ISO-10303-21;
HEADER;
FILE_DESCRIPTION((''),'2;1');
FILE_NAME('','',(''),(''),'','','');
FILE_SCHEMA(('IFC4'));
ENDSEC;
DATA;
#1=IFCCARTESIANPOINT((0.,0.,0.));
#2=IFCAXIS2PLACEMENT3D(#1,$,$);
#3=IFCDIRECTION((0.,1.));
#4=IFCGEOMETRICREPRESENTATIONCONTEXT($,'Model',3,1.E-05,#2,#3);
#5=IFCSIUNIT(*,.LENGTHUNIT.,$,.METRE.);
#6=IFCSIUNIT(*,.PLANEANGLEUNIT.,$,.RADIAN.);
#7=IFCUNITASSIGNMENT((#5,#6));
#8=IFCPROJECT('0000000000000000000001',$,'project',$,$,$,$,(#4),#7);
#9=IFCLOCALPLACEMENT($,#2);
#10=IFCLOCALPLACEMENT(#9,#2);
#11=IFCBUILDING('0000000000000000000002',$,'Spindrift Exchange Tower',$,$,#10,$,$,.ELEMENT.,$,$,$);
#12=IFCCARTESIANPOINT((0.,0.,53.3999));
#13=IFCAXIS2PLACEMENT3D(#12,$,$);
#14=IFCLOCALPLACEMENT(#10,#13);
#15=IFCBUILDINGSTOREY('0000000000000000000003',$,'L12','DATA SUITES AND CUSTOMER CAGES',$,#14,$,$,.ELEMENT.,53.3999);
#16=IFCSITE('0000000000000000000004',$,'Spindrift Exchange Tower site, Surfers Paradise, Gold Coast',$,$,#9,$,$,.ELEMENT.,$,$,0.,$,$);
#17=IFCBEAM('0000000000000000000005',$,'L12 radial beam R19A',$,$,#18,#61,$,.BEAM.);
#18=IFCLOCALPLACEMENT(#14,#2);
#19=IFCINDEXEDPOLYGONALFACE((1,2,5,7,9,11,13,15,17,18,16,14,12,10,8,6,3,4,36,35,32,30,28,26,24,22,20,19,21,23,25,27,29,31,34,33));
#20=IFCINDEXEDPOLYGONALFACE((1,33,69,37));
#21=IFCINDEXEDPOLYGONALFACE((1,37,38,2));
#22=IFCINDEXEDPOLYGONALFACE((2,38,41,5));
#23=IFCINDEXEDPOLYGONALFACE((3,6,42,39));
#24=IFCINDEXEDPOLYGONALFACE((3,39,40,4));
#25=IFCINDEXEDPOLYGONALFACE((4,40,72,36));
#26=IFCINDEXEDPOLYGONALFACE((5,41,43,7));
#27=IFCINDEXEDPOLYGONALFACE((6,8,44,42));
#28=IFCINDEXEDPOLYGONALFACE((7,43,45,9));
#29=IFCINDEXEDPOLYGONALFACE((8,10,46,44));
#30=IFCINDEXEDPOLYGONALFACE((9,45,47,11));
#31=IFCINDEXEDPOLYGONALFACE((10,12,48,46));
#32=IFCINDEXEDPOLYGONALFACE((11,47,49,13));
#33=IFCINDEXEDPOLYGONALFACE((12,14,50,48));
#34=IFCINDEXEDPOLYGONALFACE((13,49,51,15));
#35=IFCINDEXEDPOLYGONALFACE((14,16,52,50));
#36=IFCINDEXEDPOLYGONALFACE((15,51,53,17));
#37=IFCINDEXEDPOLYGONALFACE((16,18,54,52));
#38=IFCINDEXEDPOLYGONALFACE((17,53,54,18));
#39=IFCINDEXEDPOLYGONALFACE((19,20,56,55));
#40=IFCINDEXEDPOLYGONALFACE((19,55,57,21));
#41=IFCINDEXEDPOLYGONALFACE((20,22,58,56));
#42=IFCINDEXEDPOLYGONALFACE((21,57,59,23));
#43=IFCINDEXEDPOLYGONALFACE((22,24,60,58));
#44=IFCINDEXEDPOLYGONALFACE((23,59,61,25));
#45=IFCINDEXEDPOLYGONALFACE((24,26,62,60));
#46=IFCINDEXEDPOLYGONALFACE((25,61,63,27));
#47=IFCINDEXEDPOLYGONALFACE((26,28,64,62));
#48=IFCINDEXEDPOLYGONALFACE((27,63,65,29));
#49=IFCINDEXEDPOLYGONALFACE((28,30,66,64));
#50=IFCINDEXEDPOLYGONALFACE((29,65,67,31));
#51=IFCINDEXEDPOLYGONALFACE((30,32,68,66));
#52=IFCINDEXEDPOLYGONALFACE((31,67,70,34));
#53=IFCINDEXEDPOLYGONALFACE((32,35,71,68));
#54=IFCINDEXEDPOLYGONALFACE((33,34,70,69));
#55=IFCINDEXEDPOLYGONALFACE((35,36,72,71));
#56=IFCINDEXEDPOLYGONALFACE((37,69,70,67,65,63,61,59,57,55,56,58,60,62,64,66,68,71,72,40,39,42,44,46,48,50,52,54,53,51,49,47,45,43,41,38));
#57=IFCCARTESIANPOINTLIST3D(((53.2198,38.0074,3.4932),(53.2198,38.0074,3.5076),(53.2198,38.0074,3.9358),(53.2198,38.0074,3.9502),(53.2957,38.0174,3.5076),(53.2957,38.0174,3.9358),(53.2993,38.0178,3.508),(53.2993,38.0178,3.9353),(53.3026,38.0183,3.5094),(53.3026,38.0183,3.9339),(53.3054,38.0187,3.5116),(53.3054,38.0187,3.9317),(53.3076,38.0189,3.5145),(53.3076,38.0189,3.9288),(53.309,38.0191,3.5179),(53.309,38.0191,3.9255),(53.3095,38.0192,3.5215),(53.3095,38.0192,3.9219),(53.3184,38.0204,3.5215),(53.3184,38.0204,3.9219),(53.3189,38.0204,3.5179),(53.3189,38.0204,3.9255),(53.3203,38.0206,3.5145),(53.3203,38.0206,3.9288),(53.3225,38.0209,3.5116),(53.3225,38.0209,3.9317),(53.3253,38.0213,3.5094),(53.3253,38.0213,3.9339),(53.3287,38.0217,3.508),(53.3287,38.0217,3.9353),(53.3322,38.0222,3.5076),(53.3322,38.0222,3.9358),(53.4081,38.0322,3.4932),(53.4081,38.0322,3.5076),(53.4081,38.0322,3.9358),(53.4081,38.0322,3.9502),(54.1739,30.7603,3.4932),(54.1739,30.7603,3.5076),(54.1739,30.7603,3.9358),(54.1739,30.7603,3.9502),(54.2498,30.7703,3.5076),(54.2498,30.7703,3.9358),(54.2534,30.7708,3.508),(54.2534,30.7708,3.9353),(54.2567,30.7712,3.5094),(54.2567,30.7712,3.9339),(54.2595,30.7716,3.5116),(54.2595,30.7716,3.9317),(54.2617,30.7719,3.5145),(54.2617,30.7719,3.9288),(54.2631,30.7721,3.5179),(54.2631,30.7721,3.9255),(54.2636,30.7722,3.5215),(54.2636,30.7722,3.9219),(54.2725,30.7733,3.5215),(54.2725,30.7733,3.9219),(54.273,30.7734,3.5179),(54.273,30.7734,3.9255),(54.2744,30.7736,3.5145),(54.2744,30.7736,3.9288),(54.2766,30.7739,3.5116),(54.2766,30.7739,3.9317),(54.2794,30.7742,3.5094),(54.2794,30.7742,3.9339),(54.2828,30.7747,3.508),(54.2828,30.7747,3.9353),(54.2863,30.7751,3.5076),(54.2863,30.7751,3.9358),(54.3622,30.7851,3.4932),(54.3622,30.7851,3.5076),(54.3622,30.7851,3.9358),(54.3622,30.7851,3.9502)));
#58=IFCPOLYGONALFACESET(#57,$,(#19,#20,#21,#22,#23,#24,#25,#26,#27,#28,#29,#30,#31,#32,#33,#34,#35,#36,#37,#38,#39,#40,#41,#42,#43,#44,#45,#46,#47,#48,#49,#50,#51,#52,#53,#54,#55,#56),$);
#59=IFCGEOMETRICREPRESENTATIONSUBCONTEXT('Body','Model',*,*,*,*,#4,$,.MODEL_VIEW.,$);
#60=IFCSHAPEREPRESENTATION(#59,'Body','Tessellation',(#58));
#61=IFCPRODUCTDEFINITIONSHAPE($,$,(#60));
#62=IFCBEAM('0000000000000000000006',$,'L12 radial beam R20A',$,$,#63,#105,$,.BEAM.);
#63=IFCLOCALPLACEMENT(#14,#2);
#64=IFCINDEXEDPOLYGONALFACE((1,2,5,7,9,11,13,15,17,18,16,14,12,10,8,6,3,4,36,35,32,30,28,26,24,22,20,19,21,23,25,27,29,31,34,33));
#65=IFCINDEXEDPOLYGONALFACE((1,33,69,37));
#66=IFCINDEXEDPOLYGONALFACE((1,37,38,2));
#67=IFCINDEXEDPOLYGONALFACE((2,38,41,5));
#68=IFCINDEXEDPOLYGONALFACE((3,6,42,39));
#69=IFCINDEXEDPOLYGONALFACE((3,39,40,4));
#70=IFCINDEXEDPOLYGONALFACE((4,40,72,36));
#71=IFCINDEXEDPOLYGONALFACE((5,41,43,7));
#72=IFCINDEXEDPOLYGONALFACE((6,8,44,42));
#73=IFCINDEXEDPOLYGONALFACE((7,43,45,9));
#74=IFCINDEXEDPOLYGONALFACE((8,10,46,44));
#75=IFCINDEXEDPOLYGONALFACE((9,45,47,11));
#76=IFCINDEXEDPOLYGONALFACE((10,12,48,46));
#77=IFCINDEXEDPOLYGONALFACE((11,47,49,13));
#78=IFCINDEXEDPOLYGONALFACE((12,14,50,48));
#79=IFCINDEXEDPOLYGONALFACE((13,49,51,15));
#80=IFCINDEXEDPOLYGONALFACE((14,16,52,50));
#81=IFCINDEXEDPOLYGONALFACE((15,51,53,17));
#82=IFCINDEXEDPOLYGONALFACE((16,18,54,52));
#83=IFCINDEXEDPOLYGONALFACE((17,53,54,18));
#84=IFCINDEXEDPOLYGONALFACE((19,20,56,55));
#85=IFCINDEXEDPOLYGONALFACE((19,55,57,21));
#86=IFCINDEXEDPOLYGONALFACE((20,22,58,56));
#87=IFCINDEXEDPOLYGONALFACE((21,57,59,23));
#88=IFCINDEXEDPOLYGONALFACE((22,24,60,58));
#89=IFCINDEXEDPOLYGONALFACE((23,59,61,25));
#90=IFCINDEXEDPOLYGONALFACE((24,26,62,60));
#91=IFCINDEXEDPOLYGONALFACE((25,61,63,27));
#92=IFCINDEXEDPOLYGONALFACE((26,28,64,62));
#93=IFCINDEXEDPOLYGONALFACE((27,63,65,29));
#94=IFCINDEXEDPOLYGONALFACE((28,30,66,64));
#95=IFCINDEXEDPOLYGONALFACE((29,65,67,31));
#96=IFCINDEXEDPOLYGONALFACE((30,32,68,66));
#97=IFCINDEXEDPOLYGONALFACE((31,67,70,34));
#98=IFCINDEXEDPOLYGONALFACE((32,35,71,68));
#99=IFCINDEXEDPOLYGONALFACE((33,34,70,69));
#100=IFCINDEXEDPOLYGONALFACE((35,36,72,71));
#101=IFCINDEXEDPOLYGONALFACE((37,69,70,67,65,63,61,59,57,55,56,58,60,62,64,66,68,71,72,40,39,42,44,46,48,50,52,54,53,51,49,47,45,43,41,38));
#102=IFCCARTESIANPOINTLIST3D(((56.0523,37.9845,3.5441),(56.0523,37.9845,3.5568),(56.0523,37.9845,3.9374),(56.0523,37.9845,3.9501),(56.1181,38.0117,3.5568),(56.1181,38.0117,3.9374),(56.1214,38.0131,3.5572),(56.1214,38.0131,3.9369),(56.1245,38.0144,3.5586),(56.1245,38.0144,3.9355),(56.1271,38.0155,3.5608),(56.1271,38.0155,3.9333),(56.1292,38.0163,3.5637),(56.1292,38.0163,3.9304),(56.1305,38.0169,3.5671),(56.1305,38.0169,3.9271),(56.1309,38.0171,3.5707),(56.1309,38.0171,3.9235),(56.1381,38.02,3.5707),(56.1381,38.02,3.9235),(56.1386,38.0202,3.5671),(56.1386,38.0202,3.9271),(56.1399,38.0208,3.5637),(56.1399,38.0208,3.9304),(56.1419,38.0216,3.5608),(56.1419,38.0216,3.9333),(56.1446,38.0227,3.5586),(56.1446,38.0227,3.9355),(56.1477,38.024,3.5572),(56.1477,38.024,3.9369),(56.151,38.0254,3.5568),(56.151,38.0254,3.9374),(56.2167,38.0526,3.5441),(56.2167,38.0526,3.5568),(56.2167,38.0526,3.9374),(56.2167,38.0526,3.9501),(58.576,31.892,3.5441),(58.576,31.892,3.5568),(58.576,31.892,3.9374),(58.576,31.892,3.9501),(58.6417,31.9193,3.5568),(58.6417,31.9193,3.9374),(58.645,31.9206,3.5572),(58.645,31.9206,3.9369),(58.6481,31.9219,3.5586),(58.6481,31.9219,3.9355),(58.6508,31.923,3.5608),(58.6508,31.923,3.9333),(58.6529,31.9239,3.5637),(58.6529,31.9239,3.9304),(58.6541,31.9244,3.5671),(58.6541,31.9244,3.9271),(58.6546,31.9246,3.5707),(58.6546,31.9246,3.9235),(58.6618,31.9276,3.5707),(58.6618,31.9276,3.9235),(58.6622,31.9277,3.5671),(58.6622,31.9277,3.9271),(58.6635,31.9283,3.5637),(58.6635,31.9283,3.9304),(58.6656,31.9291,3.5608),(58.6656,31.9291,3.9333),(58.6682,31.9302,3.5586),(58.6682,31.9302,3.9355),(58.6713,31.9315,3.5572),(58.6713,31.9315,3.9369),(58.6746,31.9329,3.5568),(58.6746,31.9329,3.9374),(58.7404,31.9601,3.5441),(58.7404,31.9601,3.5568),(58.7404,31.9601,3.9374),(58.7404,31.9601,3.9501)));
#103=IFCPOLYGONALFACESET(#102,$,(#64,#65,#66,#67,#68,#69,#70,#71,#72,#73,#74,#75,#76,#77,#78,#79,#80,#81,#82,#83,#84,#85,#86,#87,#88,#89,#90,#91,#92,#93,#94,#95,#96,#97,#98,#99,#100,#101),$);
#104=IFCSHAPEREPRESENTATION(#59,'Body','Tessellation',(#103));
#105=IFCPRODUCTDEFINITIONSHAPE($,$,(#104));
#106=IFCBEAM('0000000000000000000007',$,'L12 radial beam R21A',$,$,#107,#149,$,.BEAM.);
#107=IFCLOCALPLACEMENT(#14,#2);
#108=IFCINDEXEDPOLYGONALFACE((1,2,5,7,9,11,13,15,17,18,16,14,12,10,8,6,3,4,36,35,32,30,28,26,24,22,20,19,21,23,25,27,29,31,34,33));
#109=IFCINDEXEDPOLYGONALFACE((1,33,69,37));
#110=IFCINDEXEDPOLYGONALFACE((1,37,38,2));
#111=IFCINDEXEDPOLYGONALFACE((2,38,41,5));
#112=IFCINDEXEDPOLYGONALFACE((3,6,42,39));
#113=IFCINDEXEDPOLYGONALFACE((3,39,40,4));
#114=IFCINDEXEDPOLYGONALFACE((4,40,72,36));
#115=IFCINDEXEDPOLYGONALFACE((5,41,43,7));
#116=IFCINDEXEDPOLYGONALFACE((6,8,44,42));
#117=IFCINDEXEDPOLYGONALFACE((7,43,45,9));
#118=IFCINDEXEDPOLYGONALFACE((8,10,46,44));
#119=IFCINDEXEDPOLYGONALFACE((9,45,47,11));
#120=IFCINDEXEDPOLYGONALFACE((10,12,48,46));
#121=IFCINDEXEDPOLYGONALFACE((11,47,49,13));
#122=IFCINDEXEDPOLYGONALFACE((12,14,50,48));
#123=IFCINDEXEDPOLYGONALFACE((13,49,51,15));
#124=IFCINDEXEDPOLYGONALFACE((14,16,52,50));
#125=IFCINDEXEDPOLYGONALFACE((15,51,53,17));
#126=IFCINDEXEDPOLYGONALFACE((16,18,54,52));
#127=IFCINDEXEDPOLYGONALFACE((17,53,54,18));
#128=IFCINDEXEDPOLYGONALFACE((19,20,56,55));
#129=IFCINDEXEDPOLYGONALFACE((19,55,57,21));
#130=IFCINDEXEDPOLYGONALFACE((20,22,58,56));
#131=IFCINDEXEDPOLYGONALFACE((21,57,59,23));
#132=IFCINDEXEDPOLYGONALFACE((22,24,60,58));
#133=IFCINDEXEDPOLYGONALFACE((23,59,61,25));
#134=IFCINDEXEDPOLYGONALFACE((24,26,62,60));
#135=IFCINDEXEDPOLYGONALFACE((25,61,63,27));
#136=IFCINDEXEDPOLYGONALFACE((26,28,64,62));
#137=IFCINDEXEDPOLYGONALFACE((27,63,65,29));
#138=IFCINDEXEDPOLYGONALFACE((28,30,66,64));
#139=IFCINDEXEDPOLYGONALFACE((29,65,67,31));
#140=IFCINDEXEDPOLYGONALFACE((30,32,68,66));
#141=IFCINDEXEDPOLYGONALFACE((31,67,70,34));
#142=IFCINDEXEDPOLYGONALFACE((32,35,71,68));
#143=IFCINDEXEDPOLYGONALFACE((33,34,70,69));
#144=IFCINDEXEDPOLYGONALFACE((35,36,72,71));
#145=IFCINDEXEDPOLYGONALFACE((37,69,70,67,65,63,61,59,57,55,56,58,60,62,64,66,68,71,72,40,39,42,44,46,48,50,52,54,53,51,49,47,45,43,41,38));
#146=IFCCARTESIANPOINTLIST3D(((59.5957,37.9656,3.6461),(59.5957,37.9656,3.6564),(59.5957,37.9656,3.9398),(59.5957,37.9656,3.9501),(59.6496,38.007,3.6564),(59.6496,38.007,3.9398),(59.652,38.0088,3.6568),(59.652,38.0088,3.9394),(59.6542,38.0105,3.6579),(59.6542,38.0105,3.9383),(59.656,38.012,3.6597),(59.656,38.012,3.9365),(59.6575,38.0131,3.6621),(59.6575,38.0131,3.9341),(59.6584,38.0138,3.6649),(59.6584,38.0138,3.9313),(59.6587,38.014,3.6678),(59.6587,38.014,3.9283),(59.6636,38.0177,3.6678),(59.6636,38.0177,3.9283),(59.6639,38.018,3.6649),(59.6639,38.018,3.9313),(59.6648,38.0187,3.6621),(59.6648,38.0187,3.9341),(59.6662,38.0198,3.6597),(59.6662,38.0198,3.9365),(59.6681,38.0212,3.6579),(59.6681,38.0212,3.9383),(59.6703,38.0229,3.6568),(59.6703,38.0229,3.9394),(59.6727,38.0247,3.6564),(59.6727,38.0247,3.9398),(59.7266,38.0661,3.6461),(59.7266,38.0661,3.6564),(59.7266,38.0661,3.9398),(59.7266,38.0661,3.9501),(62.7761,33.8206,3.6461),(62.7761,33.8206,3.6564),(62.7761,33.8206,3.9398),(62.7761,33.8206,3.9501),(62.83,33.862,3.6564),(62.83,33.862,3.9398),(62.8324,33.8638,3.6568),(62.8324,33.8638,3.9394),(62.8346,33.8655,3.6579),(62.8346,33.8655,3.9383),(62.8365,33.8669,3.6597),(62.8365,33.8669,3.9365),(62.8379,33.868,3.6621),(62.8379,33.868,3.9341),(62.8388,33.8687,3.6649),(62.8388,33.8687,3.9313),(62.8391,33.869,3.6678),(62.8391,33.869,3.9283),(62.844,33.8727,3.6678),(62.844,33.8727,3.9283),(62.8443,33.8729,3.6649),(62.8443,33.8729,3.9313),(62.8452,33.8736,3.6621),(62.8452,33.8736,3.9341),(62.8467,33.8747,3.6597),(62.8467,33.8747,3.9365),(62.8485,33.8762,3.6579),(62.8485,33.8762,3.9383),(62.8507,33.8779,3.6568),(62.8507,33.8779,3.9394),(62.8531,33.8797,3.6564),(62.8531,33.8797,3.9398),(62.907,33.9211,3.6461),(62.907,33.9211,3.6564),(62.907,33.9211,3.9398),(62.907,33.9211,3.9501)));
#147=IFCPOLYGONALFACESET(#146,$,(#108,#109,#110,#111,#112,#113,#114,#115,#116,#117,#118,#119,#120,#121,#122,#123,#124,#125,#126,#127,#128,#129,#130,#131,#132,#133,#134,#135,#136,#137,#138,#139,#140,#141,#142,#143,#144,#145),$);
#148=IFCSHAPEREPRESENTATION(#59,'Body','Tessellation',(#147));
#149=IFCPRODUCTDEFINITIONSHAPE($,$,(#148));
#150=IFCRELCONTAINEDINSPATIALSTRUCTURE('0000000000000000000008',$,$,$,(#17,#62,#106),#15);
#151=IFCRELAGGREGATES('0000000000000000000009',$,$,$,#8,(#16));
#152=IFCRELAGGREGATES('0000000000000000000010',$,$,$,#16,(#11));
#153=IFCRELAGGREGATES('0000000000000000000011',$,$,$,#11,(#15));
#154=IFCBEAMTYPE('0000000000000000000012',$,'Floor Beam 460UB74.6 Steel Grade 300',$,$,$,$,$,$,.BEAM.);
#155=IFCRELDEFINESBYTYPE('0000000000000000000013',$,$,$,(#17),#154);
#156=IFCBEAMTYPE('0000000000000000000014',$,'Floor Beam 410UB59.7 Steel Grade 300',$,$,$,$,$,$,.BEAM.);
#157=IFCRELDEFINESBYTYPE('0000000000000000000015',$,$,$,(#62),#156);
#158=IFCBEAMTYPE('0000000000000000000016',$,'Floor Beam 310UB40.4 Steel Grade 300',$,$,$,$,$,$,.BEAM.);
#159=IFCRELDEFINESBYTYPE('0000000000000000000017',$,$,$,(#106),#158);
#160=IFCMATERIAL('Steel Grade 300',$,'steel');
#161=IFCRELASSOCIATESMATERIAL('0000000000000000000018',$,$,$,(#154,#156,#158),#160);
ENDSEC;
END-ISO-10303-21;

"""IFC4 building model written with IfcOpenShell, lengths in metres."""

from ifc_helpers import new_model, si_unit, direction, frame, origin, origin_2d, place, context, subcontext, project, spatial, i_section, extrude, source, transform, mapped, material, material_profile, profile_set, type_object, element, save


model = new_model("IFC4")

# Units and contexts
model_context = context("Model", 3, precision=1e-05, world=origin(), true_north=direction((0.0, 1.0)))
body_context = subcontext(model_context, "Body", "Model", "MODEL_VIEW")
ifc_project = project(units=[si_unit("LENGTHUNIT", "METRE"), si_unit("PLANEANGLEUNIT", "RADIAN")], contexts=[model_context])

# Site, building, storey
site_placement = place(None, origin())
site = spatial("IfcSite", under=ifc_project, at=site_placement, Name="Spindrift Exchange Tower site, Surfers Paradise, Gold Coast", CompositionType="ELEMENT", RefElevation=0.0)
building_placement = place(site_placement, origin())
building = spatial("IfcBuilding", under=site, at=building_placement, Name="Spindrift Exchange Tower", CompositionType="ELEMENT")
storey_placement = place(building_placement, frame((0.0, 0.0, 53.3999)))
storey = spatial("IfcBuildingStorey", under=building, at=storey_placement, Name="L12", Description="DATA SUITES AND CUSTOMER CAGES", CompositionType="ELEMENT", Elevation=53.3999)

# Beams
ifc_material_1 = material(Name="Steel Grade 300", Category="steel")
ifc_material_profile_1 = material_profile(ifc_material_1, i_section(OverallWidth=0.1899, OverallDepth=0.457, WebThickness=0.009, FlangeThickness=0.0144, FilletRadius=0.0139, at=origin_2d()), Name="460UB74.6")
ifc_profile_set_1 = profile_set([ifc_material_profile_1], Name="Steel Grade 300")
beam_type_1 = type_object("IfcBeamType", Name="Floor Beam 460UB74.6 Steel Grade 300", PredefinedType="BEAM", material=ifc_profile_set_1)
shared_shape_1 = source(origin(), body_context, "Body", "SweptSolid", [
    extrude(i_section(OverallWidth=0.1899, OverallDepth=0.457, WebThickness=0.009, FlangeThickness=0.0144, FilletRadius=0.0139, at=origin_2d()), origin(), (0.0, 0.0, 1.0), 7.3096),
])
beam_1_placement = place(storey_placement, frame((53.314, 38.0198, 3.7217), z_axis=(0.130527, -0.991445, 0.0), x_axis=(0.991445, 0.130527, 0.0)))
element("IfcBeam", 1, at=beam_1_placement, inside=storey, type_object=beam_type_1, Name="L12 radial beam R19A", PredefinedType="BEAM", context=body_context, shape_type="MappedRepresentation", body=[
    mapped(shared_shape_1, transform((0.0, 0.0, 0.0), scale=1.0)),
])
ifc_material_profile_2 = material_profile(ifc_material_1, i_section(OverallWidth=0.178, OverallDepth=0.406, WebThickness=0.0078, FlangeThickness=0.0127, FilletRadius=0.0139, at=origin_2d()), Name="410UB59.7")
ifc_profile_set_2 = profile_set([ifc_material_profile_2], Name="Steel Grade 300")
beam_type_2 = type_object("IfcBeamType", Name="Floor Beam 410UB59.7 Steel Grade 300", PredefinedType="BEAM", material=ifc_profile_set_2)
shared_shape_2 = source(origin(), body_context, "Body", "SweptSolid", [
    extrude(i_section(OverallWidth=0.178, OverallDepth=0.406, WebThickness=0.0078, FlangeThickness=0.0127, FilletRadius=0.0139, at=origin_2d()), origin(), (0.0, 0.0, 1.0), 6.5945),
])
beam_2_placement = place(storey_placement, frame((56.1345, 38.0186, 3.7471), z_axis=(0.382693, -0.923876, 0.0), x_axis=(0.923876, 0.382693, 0.0)))
element("IfcBeam", 2, at=beam_2_placement, inside=storey, type_object=beam_type_2, Name="L12 radial beam R20A", PredefinedType="BEAM", context=body_context, shape_type="MappedRepresentation", body=[
    mapped(shared_shape_2, transform((0.0, 0.0, 0.0), scale=1.0)),
])
ifc_material_profile_3 = material_profile(ifc_material_1, i_section(OverallWidth=0.165, OverallDepth=0.304, WebThickness=0.0061, FlangeThickness=0.0103, FilletRadius=0.0115, at=origin_2d()), Name="310UB40.4")
ifc_profile_set_3 = profile_set([ifc_material_profile_3], Name="Steel Grade 300")
beam_type_3 = type_object("IfcBeamType", Name="Floor Beam 310UB40.4 Steel Grade 300", PredefinedType="BEAM", material=ifc_profile_set_3)
shared_shape_3 = source(origin(), body_context, "Body", "SweptSolid", [
    extrude(i_section(OverallWidth=0.165, OverallDepth=0.304, WebThickness=0.0061, FlangeThickness=0.0103, FilletRadius=0.0115, at=origin_2d()), origin(), (0.0, 0.0, 1.0), 5.2246),
])
beam_3_placement = place(storey_placement, frame((59.6611, 38.0159, 3.7981), z_axis=(0.608741, -0.793369, 0.0), x_axis=(0.793369, 0.608741, 0.0)))
element("IfcBeam", 3, at=beam_3_placement, inside=storey, type_object=beam_type_3, Name="L12 radial beam R21A", PredefinedType="BEAM", context=body_context, shape_type="MappedRepresentation", body=[
    mapped(shared_shape_3, transform((0.0, 0.0, 0.0), scale=1.0)),
])

save(model, "model.ifc")
